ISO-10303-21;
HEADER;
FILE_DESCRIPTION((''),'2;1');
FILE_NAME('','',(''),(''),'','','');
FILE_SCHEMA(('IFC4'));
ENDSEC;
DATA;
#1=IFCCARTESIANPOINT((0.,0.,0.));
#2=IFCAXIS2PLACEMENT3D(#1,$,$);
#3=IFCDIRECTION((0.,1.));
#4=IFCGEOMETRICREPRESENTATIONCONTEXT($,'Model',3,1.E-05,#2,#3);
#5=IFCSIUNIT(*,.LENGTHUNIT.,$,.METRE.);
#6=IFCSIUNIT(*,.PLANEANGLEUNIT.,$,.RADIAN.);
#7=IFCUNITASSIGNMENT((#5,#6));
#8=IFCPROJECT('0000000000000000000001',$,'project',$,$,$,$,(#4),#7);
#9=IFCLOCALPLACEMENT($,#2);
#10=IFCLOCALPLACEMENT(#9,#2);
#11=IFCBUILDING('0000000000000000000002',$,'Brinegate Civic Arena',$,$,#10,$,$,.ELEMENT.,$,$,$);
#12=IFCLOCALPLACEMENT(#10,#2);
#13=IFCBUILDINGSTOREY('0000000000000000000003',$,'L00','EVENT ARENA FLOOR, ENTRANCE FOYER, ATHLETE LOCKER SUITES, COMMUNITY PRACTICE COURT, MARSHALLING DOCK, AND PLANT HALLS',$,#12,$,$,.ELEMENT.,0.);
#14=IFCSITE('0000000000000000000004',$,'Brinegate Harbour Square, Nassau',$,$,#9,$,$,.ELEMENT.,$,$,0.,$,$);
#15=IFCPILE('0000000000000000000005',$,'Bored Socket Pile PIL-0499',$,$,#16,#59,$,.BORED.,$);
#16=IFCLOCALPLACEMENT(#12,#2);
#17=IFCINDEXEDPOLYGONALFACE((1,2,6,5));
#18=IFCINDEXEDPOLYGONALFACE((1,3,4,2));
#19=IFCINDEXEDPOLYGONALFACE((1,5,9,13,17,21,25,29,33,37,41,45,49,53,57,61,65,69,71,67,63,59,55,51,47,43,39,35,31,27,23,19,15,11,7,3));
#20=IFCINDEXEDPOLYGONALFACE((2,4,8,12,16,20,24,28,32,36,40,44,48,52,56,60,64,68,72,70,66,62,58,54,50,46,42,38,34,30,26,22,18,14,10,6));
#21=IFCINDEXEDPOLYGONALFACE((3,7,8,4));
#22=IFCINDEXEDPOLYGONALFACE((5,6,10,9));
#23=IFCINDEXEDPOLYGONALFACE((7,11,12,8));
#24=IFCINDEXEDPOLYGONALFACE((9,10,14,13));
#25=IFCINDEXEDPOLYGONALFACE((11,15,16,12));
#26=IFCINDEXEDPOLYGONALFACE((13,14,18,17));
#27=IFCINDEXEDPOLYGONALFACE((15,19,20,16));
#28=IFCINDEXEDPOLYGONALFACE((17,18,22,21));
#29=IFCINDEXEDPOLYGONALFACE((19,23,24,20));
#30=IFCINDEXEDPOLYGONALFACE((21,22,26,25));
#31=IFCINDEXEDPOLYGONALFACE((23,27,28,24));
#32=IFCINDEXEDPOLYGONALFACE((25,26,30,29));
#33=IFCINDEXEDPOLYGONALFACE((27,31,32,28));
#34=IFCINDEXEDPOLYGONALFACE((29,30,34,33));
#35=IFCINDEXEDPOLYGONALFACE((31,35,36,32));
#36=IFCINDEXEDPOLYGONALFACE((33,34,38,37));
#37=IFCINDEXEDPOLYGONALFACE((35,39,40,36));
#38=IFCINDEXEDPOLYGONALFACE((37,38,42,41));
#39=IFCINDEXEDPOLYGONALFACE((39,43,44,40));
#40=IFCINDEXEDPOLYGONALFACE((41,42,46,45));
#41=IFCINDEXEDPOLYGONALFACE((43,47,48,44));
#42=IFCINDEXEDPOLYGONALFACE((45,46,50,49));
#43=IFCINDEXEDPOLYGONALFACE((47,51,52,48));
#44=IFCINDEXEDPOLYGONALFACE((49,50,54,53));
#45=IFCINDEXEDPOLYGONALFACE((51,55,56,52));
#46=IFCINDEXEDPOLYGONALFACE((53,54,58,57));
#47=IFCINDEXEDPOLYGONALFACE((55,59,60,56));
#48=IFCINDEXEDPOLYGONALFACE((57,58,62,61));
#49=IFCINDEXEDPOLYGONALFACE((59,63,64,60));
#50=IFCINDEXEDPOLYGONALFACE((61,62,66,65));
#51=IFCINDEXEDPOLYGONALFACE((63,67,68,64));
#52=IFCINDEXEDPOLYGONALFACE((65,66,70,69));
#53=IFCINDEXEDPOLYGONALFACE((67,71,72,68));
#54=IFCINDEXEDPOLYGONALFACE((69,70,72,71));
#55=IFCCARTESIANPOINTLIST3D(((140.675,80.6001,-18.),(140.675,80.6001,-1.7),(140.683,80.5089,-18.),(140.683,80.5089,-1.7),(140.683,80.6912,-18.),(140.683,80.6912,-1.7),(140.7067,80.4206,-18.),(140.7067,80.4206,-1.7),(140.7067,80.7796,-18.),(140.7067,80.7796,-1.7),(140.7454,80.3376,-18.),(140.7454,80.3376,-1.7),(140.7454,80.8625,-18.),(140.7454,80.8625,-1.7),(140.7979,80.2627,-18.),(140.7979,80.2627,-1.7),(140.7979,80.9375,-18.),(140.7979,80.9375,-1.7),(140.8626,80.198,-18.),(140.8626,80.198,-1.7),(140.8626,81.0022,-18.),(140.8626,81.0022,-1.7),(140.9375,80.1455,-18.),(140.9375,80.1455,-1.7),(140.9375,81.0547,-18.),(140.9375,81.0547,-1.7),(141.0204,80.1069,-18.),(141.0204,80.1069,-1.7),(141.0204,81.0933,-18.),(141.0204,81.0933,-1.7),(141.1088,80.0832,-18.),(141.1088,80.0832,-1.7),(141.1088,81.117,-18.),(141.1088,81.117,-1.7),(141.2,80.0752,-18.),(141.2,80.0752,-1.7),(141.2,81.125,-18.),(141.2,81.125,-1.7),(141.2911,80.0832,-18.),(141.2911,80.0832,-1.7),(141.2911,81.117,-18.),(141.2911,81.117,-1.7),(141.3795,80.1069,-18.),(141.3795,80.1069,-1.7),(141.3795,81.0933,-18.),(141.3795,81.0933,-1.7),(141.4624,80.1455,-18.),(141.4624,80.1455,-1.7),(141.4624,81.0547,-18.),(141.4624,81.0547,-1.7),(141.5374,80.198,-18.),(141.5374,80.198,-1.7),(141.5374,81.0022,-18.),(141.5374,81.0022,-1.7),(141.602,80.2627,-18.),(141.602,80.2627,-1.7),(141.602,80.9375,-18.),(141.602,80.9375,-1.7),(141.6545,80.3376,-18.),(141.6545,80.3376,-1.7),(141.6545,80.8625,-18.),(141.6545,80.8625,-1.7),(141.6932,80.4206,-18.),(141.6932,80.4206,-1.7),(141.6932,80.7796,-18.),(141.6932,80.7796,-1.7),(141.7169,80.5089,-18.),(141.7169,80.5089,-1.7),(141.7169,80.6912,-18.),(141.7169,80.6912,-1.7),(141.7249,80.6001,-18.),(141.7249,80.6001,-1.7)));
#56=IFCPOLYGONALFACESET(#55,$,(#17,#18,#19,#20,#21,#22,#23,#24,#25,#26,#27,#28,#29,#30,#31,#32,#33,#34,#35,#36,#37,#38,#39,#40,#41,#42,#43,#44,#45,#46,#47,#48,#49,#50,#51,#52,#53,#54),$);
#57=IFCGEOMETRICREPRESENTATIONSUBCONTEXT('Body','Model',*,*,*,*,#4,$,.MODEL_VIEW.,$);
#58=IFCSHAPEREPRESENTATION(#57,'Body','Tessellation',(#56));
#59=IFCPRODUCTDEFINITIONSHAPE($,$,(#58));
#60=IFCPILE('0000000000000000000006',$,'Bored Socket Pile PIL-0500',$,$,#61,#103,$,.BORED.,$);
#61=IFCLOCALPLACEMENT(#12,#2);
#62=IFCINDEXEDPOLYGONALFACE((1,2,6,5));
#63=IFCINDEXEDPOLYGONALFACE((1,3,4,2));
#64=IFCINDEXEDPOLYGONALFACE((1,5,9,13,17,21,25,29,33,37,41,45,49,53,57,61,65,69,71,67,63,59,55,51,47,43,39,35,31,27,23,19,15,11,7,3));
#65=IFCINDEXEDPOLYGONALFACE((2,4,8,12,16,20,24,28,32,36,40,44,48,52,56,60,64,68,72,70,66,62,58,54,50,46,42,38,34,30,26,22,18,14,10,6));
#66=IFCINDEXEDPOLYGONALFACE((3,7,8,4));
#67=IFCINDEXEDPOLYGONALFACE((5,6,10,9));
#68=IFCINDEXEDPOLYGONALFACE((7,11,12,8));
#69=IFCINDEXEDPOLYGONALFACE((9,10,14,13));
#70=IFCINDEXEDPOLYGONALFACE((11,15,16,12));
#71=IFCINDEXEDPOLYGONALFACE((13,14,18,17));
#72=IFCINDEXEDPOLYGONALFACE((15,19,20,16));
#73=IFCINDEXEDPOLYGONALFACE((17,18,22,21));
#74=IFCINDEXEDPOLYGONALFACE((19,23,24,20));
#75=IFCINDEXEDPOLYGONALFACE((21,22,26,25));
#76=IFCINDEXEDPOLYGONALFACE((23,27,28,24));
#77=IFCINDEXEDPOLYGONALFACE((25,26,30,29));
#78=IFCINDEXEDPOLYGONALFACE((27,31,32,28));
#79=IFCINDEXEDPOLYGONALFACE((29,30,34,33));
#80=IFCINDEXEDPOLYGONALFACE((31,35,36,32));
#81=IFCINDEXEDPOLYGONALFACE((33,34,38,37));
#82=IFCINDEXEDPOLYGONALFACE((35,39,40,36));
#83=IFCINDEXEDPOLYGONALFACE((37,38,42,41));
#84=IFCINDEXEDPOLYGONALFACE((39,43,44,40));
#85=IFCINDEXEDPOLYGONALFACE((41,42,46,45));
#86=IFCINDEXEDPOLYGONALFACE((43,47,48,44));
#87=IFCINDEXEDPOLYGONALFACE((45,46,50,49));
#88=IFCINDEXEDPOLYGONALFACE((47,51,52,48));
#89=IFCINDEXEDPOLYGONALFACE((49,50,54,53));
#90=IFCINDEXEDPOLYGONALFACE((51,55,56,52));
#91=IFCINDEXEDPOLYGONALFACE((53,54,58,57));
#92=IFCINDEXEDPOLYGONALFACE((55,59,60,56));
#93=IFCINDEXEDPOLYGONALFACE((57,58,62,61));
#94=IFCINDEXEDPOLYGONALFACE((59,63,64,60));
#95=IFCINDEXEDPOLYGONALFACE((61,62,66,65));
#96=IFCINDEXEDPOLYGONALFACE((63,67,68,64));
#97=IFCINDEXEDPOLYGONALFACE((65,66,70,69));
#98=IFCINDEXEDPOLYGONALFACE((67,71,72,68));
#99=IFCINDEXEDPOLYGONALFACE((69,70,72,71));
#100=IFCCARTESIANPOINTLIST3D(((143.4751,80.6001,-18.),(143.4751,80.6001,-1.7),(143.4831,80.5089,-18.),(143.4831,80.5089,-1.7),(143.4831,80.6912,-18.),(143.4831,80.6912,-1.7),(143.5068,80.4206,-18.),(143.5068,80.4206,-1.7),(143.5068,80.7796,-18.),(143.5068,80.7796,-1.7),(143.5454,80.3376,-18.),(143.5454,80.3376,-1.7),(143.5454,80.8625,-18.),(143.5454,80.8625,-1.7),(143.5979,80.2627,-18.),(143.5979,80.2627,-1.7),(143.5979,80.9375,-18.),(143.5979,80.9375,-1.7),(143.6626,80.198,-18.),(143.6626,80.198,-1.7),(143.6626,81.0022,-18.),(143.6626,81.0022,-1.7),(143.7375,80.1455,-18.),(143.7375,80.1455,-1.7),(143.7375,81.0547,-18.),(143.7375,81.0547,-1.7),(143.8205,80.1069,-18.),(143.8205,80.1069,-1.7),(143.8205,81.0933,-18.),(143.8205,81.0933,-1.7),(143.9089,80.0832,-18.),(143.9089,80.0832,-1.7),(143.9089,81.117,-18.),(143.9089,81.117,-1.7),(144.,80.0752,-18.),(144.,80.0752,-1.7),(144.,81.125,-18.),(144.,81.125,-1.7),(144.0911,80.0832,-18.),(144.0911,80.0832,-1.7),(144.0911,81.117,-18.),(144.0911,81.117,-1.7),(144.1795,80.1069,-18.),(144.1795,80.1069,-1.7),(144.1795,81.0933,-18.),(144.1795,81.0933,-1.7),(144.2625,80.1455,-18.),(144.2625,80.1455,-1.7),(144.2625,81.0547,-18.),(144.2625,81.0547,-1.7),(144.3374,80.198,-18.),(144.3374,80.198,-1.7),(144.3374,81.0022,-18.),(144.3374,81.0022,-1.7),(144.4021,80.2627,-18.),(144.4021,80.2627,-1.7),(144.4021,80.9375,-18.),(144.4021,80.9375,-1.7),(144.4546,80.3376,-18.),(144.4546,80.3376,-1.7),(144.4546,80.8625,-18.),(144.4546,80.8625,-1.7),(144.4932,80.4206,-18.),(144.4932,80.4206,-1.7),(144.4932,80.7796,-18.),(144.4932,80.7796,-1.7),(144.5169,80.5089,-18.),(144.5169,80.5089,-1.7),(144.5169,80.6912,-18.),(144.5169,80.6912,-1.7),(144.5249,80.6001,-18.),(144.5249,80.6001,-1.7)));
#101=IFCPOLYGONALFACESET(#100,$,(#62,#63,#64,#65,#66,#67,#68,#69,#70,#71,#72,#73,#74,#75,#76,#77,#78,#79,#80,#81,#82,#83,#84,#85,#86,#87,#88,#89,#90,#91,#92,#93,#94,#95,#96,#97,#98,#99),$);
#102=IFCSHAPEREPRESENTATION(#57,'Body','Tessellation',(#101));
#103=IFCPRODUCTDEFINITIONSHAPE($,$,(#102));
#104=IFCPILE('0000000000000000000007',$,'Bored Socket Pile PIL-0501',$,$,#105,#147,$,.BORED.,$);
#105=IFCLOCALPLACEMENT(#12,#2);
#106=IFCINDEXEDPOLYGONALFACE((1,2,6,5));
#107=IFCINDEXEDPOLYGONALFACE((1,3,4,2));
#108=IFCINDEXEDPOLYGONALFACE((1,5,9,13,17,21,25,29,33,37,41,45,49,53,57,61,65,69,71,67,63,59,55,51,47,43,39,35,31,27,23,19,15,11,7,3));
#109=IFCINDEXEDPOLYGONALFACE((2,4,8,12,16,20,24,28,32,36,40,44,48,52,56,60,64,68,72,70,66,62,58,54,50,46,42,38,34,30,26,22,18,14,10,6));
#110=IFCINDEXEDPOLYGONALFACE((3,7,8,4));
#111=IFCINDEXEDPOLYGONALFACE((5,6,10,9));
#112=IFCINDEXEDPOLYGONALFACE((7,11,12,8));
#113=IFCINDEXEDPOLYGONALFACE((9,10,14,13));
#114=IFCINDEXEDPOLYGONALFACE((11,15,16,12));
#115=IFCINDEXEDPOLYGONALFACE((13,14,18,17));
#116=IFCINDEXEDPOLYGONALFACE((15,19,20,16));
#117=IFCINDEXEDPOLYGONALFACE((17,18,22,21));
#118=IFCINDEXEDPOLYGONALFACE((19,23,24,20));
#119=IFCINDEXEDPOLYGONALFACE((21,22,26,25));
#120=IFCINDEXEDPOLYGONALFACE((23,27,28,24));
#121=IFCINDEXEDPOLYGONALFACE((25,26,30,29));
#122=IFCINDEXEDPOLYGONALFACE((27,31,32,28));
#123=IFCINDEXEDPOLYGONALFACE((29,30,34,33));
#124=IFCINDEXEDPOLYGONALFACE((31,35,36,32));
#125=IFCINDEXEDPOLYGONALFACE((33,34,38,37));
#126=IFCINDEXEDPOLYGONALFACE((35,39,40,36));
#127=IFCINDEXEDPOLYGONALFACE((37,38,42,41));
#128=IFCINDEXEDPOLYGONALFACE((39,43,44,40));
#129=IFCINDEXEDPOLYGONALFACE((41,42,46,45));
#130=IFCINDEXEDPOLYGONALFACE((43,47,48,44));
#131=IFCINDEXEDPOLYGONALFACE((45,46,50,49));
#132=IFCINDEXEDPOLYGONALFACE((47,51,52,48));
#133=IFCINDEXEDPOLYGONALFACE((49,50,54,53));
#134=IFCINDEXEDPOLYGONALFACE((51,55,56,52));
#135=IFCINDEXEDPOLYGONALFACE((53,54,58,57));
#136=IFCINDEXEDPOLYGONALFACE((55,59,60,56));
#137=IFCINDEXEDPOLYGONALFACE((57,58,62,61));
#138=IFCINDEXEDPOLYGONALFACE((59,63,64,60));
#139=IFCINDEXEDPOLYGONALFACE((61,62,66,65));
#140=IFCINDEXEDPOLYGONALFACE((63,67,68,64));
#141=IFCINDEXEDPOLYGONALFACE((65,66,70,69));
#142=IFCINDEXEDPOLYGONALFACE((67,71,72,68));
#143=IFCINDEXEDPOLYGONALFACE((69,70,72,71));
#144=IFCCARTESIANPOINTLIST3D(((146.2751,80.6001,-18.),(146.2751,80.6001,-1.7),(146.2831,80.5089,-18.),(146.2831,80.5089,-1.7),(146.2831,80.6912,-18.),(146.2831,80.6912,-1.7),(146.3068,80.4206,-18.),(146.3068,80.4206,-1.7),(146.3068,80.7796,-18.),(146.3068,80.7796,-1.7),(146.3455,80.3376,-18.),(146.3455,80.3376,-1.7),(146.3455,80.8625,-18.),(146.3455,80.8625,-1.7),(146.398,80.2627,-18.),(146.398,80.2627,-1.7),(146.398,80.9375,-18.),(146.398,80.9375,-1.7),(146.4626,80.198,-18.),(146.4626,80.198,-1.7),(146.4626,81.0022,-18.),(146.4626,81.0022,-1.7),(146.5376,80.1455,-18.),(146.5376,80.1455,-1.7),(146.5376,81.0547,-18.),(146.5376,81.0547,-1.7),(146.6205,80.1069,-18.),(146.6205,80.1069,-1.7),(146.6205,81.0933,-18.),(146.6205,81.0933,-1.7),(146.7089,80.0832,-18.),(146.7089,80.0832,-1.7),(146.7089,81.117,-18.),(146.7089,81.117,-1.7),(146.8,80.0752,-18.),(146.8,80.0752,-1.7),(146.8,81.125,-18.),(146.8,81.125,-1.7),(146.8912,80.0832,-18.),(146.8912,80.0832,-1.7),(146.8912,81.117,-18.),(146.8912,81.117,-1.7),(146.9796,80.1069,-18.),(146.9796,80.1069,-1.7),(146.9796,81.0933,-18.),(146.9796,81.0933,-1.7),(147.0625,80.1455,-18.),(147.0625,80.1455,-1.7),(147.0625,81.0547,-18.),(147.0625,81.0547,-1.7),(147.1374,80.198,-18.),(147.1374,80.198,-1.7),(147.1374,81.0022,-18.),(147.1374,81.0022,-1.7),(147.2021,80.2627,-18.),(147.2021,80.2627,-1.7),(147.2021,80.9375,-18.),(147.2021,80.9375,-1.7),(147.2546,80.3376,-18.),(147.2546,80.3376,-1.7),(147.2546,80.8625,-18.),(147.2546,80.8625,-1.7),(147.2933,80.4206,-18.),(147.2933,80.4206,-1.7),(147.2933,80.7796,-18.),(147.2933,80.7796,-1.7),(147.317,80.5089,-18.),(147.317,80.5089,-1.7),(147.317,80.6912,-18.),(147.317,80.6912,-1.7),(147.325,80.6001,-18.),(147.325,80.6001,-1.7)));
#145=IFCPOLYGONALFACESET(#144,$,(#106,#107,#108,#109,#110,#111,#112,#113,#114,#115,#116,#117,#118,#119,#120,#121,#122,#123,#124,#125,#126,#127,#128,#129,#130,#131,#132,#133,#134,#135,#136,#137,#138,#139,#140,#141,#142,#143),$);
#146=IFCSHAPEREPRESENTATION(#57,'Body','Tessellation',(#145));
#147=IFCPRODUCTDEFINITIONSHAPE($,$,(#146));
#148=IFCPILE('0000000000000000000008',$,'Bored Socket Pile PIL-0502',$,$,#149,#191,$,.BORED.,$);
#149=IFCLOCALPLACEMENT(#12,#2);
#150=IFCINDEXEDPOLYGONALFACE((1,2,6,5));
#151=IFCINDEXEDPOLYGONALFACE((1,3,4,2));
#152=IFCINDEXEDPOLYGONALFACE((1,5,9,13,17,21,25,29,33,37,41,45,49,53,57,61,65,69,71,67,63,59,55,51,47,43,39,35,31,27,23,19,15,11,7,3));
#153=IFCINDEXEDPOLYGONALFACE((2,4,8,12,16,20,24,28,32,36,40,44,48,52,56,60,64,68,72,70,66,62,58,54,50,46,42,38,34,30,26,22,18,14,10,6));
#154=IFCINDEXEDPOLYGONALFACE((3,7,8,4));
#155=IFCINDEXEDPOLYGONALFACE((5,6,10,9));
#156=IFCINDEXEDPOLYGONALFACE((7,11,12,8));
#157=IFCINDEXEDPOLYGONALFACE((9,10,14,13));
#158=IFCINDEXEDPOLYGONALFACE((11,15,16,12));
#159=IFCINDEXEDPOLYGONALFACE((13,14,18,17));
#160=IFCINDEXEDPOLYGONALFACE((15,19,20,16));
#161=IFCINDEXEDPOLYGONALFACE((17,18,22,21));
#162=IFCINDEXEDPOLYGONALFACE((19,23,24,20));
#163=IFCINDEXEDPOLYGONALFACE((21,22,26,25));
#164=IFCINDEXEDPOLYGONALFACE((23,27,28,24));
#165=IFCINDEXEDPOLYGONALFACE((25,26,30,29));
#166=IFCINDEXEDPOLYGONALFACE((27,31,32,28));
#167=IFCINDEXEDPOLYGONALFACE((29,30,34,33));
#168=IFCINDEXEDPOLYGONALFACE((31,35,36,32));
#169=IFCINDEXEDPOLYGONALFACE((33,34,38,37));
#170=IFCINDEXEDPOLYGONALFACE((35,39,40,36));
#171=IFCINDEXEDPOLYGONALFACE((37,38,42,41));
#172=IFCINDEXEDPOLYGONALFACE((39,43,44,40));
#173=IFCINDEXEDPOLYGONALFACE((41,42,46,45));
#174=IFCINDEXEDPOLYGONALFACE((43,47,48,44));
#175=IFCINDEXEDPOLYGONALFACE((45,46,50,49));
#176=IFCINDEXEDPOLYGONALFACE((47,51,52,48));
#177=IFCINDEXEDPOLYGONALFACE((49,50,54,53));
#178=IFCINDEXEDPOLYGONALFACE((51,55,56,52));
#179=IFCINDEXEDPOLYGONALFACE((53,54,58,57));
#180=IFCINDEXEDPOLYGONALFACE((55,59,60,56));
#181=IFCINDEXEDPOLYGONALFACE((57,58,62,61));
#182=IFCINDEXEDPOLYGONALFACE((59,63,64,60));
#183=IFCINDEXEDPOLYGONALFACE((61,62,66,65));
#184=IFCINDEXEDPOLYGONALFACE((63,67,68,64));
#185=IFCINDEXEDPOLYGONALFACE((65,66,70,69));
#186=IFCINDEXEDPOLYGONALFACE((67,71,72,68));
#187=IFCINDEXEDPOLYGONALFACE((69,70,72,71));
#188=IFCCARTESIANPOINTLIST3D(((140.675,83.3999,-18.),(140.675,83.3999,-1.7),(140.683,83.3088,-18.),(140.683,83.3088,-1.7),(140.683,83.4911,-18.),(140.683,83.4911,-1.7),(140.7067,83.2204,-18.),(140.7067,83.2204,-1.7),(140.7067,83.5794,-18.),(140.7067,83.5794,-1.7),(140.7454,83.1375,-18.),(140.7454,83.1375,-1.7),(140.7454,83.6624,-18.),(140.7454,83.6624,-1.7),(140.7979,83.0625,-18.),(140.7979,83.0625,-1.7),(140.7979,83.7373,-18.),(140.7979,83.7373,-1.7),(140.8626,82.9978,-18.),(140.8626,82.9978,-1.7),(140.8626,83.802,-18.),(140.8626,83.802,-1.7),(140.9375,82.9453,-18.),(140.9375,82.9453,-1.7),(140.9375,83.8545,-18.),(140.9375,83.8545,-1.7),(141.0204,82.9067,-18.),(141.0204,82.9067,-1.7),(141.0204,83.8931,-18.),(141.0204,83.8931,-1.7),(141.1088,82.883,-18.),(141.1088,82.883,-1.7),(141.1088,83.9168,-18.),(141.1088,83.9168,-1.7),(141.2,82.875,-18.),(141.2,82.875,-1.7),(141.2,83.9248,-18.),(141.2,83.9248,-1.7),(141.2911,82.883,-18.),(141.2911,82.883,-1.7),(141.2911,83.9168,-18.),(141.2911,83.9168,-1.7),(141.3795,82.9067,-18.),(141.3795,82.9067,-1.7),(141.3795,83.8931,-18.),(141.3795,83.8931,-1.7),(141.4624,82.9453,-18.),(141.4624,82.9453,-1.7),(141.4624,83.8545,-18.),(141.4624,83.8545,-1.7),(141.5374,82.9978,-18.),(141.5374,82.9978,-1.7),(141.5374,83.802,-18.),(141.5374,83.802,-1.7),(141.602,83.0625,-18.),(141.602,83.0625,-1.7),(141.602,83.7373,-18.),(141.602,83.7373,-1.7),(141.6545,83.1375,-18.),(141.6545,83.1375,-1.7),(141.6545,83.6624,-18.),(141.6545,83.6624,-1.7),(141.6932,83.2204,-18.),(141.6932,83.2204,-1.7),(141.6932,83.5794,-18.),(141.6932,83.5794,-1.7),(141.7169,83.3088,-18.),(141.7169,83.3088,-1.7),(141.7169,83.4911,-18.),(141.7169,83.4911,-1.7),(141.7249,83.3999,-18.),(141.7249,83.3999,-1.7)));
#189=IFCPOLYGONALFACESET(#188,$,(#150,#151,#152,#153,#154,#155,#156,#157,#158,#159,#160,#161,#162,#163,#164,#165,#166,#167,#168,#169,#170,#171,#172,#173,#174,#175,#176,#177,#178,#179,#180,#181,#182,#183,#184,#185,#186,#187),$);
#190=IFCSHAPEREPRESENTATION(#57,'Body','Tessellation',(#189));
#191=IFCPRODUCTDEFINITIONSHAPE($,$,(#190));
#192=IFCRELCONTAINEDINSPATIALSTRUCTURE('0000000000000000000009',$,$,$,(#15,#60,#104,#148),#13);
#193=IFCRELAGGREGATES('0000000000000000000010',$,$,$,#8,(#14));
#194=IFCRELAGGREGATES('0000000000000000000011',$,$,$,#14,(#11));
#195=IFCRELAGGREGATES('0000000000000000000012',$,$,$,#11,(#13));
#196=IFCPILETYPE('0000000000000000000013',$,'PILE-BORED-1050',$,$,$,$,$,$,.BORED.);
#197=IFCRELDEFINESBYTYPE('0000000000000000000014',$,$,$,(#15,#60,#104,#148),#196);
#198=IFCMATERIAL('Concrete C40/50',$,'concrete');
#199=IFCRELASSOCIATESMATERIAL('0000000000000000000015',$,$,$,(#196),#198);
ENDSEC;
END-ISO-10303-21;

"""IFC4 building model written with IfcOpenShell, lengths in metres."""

from ifc_helpers import new_model, si_unit, direction, frame, origin, origin_2d, place, context, subcontext, project, spatial, circle, extrude, material, material_profile, profile_set, type_object, element, save


model = new_model("IFC4")

# Units and contexts
model_context = context("Model", 3, precision=1e-05, world=origin(), true_north=direction((0.0, 1.0)))
body_context = subcontext(model_context, "Body", "Model", "MODEL_VIEW")
ifc_project = project(units=[si_unit("LENGTHUNIT", "METRE"), si_unit("PLANEANGLEUNIT", "RADIAN")], contexts=[model_context])

# Site, building, storey
site_placement = place(None, origin())
site = spatial("IfcSite", under=ifc_project, at=site_placement, Name="Brinegate Harbour Square, Nassau", CompositionType="ELEMENT", RefElevation=0.0)
building_placement = place(site_placement, origin())
building = spatial("IfcBuilding", under=site, at=building_placement, Name="Brinegate Civic Arena", CompositionType="ELEMENT")
storey_placement = place(building_placement, origin())
storey = spatial("IfcBuildingStorey", under=building, at=storey_placement, Name="L00", Description="EVENT ARENA FLOOR, ENTRANCE FOYER, ATHLETE LOCKER SUITES, COMMUNITY PRACTICE COURT, MARSHALLING DOCK, AND PLANT HALLS", CompositionType="ELEMENT", Elevation=0.0)

# Shared definitions
ifc_material_1 = material(Name="Concrete C40/50", Category="concrete")

# Piles
ifc_material_profile_1 = material_profile(ifc_material_1, circle(Radius=0.5249, at=origin_2d()), Name="PILED1050")
ifc_profile_set_1 = profile_set([ifc_material_profile_1], Name="Concrete C40/50")
pile_type = type_object("IfcPileType", Name="PILE-BORED-1050", PredefinedType="BORED", material=ifc_profile_set_1)
for number, where, z_axis, x_axis, name in (
    (1, (141.2, 80.6001, -1.7), (0.0, 0.0, -1.0), (1.0, 0.0, 0.0), "Bored Socket Pile PIL-0499"),
    (2, (144.0, 80.6001, -1.7), (0.0, 0.0, -1.0), (1.0, 0.0, 0.0), "Bored Socket Pile PIL-0500"),
    (3, (146.8, 80.6001, -1.7), (0.0, 0.0, -1.0), (1.0, 0.0, 0.0), "Bored Socket Pile PIL-0501"),
    (4, (141.2, 83.3999, -1.7), (0.0, 0.0, -1.0), (1.0, 0.0, 0.0), "Bored Socket Pile PIL-0502"),
):
    element("IfcPile", number, at=place(storey_placement, frame(where, z_axis=z_axis, x_axis=x_axis)), inside=storey, type_object=pile_type, Name=name, PredefinedType="BORED", context=body_context, shape_type="SweptSolid", body=[
        extrude(circle(Radius=0.5249, at=origin_2d()), origin(), (0.0, 0.0, 1.0), 16.3),
    ])

save(model, "model.ifc")
